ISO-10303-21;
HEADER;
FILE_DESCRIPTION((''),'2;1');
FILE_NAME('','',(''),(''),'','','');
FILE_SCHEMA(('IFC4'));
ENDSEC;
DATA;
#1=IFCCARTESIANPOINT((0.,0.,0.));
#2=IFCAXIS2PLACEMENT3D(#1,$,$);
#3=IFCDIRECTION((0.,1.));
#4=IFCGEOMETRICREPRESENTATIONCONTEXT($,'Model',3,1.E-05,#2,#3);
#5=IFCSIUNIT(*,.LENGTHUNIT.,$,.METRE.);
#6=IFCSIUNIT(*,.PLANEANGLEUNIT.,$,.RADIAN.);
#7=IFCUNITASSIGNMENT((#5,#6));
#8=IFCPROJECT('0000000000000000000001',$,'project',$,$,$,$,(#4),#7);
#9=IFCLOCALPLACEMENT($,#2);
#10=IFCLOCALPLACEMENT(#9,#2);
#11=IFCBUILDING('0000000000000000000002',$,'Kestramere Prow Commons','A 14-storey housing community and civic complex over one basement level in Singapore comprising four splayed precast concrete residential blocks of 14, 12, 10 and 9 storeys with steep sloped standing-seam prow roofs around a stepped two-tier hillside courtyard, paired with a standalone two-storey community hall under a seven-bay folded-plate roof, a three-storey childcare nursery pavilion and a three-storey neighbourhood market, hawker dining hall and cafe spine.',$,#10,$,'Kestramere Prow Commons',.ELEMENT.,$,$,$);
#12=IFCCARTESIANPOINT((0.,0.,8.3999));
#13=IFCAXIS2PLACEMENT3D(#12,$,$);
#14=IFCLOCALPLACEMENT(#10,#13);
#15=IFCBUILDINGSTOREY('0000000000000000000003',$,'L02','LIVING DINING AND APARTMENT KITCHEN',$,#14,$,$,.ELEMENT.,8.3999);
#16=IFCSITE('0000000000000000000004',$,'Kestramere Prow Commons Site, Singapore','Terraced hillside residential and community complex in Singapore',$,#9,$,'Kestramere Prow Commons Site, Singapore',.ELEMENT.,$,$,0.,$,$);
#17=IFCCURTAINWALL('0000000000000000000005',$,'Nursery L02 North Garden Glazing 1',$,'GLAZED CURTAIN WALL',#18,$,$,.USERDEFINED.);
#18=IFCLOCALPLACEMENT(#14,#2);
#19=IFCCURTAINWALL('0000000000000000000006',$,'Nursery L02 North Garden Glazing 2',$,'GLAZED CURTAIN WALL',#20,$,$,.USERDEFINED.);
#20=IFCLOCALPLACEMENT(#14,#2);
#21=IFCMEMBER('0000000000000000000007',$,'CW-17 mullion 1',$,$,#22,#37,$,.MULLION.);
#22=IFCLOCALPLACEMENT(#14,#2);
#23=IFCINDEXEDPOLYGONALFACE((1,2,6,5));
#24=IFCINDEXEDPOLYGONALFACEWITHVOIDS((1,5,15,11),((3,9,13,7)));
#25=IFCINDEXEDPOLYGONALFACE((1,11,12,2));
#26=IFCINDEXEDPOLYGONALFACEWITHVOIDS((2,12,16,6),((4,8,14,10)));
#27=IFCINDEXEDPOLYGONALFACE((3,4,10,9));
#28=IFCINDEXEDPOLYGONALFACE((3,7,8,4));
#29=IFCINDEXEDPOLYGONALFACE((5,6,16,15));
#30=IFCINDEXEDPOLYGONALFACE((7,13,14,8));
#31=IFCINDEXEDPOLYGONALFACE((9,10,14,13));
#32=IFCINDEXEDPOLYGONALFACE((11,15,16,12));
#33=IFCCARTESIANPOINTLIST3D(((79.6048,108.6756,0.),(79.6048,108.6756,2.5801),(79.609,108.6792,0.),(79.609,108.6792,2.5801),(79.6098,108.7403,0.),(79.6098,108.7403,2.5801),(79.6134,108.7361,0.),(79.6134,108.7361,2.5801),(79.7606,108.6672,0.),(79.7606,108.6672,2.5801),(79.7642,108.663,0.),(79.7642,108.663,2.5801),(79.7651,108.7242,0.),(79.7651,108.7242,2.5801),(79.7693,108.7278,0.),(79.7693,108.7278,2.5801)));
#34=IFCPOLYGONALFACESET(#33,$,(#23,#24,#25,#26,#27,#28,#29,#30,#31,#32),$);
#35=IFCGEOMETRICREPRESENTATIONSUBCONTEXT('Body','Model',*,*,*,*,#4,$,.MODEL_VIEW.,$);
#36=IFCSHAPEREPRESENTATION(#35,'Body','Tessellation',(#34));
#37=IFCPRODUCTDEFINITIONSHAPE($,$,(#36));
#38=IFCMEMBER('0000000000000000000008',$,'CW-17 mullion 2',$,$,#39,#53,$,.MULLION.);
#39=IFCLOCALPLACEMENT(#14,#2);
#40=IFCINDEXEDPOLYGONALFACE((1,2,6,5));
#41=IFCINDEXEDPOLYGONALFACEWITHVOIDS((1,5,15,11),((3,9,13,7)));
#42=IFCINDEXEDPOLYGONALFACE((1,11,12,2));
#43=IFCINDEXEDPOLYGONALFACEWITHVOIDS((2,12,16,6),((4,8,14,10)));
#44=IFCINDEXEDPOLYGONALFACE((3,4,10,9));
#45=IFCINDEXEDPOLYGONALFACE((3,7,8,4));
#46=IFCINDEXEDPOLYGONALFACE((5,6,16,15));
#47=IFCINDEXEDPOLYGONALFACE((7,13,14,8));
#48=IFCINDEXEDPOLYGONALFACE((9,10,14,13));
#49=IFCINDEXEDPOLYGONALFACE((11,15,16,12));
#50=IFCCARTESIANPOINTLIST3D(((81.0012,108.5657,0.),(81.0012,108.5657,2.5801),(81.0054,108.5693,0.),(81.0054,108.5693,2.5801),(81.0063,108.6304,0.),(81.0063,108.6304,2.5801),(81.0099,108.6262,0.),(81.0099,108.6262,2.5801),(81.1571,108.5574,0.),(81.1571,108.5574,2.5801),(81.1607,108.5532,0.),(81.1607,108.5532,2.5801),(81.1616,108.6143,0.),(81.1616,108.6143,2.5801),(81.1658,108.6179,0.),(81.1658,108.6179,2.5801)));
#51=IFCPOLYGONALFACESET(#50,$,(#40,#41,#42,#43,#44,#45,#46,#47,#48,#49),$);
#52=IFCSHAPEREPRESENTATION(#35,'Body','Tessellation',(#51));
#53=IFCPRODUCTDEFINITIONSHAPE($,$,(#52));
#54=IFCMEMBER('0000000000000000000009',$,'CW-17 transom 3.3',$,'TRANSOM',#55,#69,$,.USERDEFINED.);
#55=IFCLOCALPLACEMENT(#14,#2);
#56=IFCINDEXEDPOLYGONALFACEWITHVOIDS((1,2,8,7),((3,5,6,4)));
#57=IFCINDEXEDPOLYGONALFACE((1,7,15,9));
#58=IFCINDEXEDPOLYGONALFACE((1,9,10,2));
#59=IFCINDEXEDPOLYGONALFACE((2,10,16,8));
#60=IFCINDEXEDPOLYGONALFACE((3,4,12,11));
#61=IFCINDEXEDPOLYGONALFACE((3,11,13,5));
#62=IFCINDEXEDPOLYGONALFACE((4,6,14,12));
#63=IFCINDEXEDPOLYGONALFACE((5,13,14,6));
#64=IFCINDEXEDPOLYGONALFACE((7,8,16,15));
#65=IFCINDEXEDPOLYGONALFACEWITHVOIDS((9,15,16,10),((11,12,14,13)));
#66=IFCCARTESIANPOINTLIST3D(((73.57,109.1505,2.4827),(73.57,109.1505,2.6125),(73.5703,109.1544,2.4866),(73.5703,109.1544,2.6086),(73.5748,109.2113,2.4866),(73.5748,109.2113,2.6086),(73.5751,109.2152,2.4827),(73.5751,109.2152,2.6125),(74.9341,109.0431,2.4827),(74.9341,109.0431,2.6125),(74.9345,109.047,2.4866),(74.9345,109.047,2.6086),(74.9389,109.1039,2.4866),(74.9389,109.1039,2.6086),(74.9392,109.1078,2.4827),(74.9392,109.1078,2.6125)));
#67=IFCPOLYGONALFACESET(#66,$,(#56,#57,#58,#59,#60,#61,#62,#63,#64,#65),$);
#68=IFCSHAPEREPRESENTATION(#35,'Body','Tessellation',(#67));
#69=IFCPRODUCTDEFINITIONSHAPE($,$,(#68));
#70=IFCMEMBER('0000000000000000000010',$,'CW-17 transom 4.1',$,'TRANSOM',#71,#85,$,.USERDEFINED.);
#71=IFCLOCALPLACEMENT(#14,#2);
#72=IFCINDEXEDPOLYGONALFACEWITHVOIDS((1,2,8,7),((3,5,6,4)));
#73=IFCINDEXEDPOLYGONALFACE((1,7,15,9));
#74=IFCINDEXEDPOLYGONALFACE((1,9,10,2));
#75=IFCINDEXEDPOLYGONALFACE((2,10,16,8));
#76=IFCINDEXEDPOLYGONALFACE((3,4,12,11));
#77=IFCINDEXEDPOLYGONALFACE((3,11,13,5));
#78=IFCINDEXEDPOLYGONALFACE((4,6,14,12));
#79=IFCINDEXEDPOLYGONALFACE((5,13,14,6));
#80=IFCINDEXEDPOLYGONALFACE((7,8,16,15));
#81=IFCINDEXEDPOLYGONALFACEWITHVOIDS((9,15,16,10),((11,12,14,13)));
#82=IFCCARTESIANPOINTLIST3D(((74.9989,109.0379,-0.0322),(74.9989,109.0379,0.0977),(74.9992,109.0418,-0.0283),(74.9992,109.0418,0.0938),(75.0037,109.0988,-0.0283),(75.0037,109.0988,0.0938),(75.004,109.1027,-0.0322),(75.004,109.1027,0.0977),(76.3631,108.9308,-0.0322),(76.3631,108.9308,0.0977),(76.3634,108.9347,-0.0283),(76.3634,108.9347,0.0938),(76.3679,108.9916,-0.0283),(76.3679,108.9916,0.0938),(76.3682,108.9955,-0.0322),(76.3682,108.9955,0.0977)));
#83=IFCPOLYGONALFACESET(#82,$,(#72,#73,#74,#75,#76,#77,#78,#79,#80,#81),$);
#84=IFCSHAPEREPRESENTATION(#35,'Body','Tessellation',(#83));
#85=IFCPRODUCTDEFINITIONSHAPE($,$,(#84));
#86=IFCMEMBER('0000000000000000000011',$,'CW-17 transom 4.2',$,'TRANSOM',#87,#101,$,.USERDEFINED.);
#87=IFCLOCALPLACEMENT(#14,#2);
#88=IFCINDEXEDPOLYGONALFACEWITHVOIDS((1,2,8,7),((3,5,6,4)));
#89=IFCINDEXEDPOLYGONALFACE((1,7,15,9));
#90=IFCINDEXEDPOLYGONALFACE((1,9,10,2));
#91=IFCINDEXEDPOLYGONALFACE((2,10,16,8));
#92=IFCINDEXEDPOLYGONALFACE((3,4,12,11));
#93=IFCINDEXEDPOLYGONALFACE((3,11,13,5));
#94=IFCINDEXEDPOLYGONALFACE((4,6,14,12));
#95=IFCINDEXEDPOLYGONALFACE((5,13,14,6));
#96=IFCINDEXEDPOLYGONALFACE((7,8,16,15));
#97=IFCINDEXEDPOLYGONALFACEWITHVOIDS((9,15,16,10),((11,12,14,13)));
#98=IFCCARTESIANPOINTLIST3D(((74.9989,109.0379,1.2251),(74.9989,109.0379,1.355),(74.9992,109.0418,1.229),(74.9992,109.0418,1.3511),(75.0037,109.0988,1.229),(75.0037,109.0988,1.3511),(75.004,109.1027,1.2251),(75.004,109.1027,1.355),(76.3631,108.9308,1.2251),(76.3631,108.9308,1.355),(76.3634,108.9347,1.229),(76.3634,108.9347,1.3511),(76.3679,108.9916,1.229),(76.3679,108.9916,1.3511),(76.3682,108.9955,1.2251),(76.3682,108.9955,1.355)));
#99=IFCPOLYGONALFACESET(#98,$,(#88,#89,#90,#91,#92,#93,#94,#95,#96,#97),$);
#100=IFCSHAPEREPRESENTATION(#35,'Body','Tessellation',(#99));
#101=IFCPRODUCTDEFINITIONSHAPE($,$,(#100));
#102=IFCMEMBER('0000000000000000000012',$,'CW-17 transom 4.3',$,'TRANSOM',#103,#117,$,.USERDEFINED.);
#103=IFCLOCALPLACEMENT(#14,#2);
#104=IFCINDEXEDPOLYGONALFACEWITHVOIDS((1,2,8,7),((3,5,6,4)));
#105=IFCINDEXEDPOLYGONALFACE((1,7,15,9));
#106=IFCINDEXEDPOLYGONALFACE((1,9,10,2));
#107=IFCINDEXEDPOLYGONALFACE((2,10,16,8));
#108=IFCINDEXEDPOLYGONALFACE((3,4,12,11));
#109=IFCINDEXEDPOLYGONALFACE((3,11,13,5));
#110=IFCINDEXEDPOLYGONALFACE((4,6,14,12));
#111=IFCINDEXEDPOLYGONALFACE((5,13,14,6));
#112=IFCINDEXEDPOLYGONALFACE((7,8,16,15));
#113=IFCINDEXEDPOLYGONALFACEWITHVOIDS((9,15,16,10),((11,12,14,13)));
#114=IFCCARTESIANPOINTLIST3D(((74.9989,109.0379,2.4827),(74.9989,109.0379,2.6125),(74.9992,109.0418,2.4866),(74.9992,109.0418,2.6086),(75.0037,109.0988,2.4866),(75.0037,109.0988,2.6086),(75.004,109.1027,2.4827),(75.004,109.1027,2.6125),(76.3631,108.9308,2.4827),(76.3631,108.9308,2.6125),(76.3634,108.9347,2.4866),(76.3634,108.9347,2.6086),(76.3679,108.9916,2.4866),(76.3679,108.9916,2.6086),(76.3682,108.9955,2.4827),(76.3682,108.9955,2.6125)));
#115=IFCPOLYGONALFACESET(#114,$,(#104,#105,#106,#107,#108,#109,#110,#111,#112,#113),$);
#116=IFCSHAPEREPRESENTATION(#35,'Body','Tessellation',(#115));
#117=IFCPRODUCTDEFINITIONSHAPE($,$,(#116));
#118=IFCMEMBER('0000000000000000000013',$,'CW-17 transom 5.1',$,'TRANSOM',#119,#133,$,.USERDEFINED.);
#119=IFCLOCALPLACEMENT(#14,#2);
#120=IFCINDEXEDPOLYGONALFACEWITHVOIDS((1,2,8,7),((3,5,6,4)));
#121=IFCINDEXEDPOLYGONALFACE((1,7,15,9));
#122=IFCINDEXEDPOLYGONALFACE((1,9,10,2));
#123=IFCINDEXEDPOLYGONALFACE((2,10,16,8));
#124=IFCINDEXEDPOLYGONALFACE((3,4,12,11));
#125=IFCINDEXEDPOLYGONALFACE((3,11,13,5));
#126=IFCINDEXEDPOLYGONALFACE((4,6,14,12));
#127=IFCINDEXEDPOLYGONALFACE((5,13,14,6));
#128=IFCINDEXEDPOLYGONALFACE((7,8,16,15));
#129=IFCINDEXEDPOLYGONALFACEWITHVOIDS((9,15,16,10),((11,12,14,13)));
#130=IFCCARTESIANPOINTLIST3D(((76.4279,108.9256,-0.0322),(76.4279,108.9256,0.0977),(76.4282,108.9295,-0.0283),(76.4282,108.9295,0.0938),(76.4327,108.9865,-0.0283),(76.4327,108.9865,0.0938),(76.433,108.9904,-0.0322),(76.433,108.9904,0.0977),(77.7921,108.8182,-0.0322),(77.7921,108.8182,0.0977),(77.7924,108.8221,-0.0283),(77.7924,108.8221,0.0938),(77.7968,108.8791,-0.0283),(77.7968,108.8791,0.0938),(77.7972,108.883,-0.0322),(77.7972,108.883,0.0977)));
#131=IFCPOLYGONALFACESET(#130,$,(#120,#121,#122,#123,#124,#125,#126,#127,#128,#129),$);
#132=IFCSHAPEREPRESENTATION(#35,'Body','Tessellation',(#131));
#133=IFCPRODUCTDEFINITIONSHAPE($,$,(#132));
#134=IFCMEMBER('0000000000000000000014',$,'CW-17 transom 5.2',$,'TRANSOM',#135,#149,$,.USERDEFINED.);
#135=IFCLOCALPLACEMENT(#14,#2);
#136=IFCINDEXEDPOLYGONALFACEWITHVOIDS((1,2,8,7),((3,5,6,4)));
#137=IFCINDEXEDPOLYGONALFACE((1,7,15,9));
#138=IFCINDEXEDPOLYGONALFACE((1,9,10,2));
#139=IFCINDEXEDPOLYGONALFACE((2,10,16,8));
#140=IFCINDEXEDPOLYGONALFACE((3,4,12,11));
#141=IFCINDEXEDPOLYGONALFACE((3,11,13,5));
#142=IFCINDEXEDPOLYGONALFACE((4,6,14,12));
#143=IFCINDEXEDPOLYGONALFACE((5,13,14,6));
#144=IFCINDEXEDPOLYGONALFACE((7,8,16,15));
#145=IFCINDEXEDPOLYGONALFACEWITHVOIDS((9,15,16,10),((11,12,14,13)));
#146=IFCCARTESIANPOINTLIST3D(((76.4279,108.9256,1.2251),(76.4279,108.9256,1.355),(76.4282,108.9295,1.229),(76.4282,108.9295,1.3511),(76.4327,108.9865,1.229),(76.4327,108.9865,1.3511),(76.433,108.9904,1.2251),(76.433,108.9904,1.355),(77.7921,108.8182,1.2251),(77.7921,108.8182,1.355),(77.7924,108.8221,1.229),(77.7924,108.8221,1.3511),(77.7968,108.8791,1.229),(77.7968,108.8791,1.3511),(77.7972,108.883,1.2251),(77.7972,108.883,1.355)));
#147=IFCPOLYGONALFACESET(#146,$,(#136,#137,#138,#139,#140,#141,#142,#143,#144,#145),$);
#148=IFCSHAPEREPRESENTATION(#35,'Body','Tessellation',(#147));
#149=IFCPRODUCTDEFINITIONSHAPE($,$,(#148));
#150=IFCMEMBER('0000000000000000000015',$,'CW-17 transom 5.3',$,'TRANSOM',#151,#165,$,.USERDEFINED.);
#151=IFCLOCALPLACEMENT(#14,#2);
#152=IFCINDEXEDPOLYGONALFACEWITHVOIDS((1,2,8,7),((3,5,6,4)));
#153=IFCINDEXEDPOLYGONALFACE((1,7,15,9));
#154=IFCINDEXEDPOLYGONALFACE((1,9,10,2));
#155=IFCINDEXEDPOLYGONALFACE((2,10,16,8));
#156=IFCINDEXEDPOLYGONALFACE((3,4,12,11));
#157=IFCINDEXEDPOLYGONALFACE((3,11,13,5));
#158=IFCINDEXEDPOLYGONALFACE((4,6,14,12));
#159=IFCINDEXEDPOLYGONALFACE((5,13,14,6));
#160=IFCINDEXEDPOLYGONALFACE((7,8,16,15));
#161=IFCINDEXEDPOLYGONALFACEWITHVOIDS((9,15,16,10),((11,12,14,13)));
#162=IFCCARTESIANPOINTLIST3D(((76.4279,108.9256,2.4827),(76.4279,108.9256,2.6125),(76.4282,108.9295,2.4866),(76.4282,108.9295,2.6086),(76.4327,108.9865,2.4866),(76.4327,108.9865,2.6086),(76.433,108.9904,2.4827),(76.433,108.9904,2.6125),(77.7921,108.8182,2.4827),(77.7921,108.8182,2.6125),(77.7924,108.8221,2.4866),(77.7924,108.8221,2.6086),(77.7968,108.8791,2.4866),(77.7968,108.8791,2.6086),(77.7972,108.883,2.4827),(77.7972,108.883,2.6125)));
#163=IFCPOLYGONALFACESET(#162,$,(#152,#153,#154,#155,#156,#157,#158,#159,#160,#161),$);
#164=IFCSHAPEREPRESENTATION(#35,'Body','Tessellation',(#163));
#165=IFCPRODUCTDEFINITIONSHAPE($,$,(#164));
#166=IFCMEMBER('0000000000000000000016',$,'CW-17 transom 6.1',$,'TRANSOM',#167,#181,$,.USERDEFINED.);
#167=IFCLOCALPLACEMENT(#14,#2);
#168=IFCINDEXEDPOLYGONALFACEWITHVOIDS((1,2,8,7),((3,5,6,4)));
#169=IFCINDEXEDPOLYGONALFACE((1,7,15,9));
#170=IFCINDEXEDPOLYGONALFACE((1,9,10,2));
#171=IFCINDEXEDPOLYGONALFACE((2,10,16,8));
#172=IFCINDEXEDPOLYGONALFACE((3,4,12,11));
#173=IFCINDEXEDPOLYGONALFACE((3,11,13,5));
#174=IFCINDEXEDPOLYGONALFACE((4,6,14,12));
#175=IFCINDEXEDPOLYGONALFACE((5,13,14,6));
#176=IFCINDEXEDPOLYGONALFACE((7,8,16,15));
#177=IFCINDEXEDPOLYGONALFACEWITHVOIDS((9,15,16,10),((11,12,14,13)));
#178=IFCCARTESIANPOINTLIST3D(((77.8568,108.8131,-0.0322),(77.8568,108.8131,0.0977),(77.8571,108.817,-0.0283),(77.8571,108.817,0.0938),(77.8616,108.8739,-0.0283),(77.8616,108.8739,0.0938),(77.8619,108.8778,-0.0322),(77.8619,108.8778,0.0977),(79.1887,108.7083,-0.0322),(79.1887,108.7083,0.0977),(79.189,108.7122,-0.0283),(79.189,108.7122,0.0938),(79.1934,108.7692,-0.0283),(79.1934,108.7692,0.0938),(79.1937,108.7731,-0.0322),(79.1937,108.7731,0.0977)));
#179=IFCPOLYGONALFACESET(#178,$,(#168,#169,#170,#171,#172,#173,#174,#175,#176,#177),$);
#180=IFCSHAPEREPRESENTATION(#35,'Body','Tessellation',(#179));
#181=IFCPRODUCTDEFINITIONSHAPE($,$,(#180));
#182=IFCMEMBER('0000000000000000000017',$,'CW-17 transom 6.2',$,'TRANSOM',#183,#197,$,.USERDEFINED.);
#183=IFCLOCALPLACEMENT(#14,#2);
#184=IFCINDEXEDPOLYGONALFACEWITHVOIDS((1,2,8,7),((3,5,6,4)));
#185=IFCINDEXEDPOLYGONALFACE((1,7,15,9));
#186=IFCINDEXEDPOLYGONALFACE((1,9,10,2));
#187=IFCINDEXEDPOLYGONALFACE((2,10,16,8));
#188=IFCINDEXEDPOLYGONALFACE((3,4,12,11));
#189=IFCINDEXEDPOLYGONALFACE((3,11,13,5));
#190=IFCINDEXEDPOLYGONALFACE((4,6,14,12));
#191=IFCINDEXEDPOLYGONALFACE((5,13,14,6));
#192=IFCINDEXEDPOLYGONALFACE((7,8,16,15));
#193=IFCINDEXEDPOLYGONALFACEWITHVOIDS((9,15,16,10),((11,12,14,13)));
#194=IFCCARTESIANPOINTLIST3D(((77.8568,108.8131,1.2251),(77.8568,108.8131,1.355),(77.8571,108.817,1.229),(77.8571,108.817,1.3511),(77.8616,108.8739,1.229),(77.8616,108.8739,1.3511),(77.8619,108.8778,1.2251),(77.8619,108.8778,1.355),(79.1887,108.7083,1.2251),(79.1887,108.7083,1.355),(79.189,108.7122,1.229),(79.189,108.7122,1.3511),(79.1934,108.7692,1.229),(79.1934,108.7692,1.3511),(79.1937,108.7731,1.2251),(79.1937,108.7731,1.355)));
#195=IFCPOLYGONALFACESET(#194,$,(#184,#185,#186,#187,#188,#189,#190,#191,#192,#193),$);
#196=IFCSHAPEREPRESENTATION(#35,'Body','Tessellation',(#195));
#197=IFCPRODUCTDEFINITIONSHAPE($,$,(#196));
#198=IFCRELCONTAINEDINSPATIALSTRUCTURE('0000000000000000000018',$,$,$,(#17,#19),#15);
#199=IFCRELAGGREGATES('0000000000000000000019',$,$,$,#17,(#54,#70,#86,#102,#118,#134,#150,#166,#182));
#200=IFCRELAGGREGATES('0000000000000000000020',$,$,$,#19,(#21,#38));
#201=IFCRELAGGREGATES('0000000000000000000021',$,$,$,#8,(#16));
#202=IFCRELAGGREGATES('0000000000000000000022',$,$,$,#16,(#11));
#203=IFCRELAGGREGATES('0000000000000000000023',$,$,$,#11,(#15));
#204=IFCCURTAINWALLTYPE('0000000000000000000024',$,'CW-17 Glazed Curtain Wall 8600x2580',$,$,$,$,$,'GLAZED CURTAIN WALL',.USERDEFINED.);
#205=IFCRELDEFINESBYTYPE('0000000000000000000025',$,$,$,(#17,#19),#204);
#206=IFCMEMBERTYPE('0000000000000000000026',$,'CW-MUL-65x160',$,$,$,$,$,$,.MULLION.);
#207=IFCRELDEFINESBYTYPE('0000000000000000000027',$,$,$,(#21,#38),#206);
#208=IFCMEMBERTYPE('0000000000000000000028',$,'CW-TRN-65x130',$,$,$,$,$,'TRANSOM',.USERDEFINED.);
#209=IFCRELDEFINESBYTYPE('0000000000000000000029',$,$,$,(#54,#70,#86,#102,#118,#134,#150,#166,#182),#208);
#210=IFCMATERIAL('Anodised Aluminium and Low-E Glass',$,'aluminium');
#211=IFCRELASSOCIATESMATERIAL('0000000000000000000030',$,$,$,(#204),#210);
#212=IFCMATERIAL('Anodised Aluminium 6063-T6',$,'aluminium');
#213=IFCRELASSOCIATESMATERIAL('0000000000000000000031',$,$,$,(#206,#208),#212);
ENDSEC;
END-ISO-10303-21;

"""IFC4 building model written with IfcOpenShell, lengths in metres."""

from ifc_helpers import new_model, si_unit, direction, frame, origin, origin_2d, place, context, subcontext, project, spatial, hollow_rectangle, extrude, material, material_profile, profile_set, type_object, element, aggregate, save


model = new_model("IFC4")

# Units and contexts
model_context = context("Model", 3, precision=1e-05, world=origin(), true_north=direction((0.0, 1.0)))
body_context = subcontext(model_context, "Body", "Model", "MODEL_VIEW")
ifc_project = project(units=[si_unit("LENGTHUNIT", "METRE"), si_unit("PLANEANGLEUNIT", "RADIAN")], contexts=[model_context])

# Site, building, storey
site_placement = place(None, origin())
site = spatial("IfcSite", under=ifc_project, at=site_placement, Name="Kestramere Prow Commons Site, Singapore", Description="Terraced hillside residential and community complex in Singapore", LongName="Kestramere Prow Commons Site, Singapore", CompositionType="ELEMENT", RefElevation=0.0)
building_placement = place(site_placement, origin())
building = spatial("IfcBuilding", under=site, at=building_placement, Name="Kestramere Prow Commons", Description="A 14-storey housing community and civic complex over one basement level in Singapore comprising four splayed precast concrete residential blocks of 14, 12, 10 and 9 storeys with steep sloped standing-seam prow roofs around a stepped two-tier hillside courtyard, paired with a standalone two-storey community hall under a seven-bay folded-plate roof, a three-storey childcare nursery pavilion and a three-storey neighbourhood market, hawker dining hall and cafe spine.", LongName="Kestramere Prow Commons", CompositionType="ELEMENT")
storey_placement = place(building_placement, frame((0.0, 0.0, 8.3999)))
storey = spatial("IfcBuildingStorey", under=building, at=storey_placement, Name="L02", Description="LIVING DINING AND APARTMENT KITCHEN", CompositionType="ELEMENT", Elevation=8.3999)

# Curtain walls, members
ifc_material_1 = material(Name="Anodised Aluminium and Low-E Glass", Category="aluminium")
curtain_wall_type = type_object("IfcCurtainWallType", Name="CW-17 Glazed Curtain Wall 8600x2580", ElementType="GLAZED CURTAIN WALL", PredefinedType="USERDEFINED", material=ifc_material_1)
curtain_wall_1_placement = place(storey_placement, origin())
curtain_wall_1 = element("IfcCurtainWall", 1, at=curtain_wall_1_placement, inside=storey, type_object=curtain_wall_type, Name="Nursery L02 North Garden Glazing 1", ObjectType="GLAZED CURTAIN WALL", PredefinedType="USERDEFINED")
ifc_material_2 = material(Name="Anodised Aluminium 6063-T6", Category="aluminium")
ifc_material_profile_1 = material_profile(ifc_material_2, hollow_rectangle(XDim=0.0649, YDim=0.1599, WallThickness=0.0039, at=origin_2d()), Name="ALU-MUL 65x160")
ifc_profile_set_1 = profile_set([ifc_material_profile_1], Name="Anodised Aluminium 6063-T6")
member_type_1 = type_object("IfcMemberType", Name="CW-MUL-65x160", PredefinedType="MULLION", material=ifc_profile_set_1)
curtain_wall_2_placement = place(storey_placement, origin())
curtain_wall_2 = element("IfcCurtainWall", 2, at=curtain_wall_2_placement, inside=storey, type_object=curtain_wall_type, Name="Nursery L02 North Garden Glazing 2", ObjectType="GLAZED CURTAIN WALL", PredefinedType="USERDEFINED")
member_1_placement = place(storey_placement, frame((79.687, 108.7017, 0.0), z_axis=(0.0, 0.0, 1.0), x_axis=(0.078459, 0.996917, 0.0)))
member_1 = element("IfcMember", 3, at=member_1_placement, type_object=member_type_1, Name="CW-17 mullion 1", PredefinedType="MULLION", context=body_context, shape_type="SweptSolid", body=[
    extrude(hollow_rectangle(XDim=0.0649, YDim=0.1599, WallThickness=0.0039, at=origin_2d()), origin(), (0.0, 0.0, 1.0), 2.5801),
])
member_2_placement = place(storey_placement, frame((81.0835, 108.5918, 0.0), z_axis=(0.0, 0.0, 1.0), x_axis=(0.078459, 0.996917, 0.0)))
member_2 = element("IfcMember", 4, at=member_2_placement, type_object=member_type_1, Name="CW-17 mullion 2", PredefinedType="MULLION", context=body_context, shape_type="SweptSolid", body=[
    extrude(hollow_rectangle(XDim=0.0649, YDim=0.1599, WallThickness=0.0039, at=origin_2d()), origin(), (0.0, 0.0, 1.0), 2.5801),
])

# Members
ifc_material_profile_2 = material_profile(ifc_material_2, hollow_rectangle(XDim=0.0649, YDim=0.1299, WallThickness=0.0039, at=origin_2d()), Name="ALU-TRN 65x130")
ifc_profile_set_2 = profile_set([ifc_material_profile_2], Name="Anodised Aluminium 6063-T6")
member_type_2 = type_object("IfcMemberType", Name="CW-TRN-65x130", ElementType="TRANSOM", PredefinedType="USERDEFINED", material=ifc_profile_set_2)
member_3_placement = place(storey_placement, frame((73.5725, 109.1829, 2.5476), z_axis=(0.996914, -0.078497, 0.0), x_axis=(0.078497, 0.996914, 0.0)))
member_3 = element("IfcMember", 5, at=member_3_placement, type_object=member_type_2, Name="CW-17 transom 3.3", ObjectType="TRANSOM", PredefinedType="USERDEFINED", context=body_context, shape_type="SweptSolid", body=[
    extrude(hollow_rectangle(XDim=0.0649, YDim=0.1299, WallThickness=0.0039, at=origin_2d()), origin(), (0.0, 0.0, 1.0), 1.3684),
])
member_4_placement = place(storey_placement, frame((75.0015, 109.0703, 0.0327), z_axis=(0.996928, -0.07832, 0.0), x_axis=(0.07832, 0.996928, 0.0)))
member_4 = element("IfcMember", 6, at=member_4_placement, type_object=member_type_2, Name="CW-17 transom 4.1", ObjectType="TRANSOM", PredefinedType="USERDEFINED", context=body_context, shape_type="SweptSolid", body=[
    extrude(hollow_rectangle(XDim=0.0649, YDim=0.1299, WallThickness=0.0039, at=origin_2d()), origin(), (0.0, 0.0, 1.0), 1.3684),
])
member_5_placement = place(storey_placement, frame((75.0015, 109.0703, 1.29), z_axis=(0.996928, -0.07832, 0.0), x_axis=(0.07832, 0.996928, 0.0)))
member_5 = element("IfcMember", 7, at=member_5_placement, type_object=member_type_2, Name="CW-17 transom 4.2", ObjectType="TRANSOM", PredefinedType="USERDEFINED", context=body_context, shape_type="SweptSolid", body=[
    extrude(hollow_rectangle(XDim=0.0649, YDim=0.1299, WallThickness=0.0039, at=origin_2d()), origin(), (0.0, 0.0, 1.0), 1.3684),
])
member_6_placement = place(storey_placement, frame((75.0015, 109.0703, 2.5476), z_axis=(0.996928, -0.07832, 0.0), x_axis=(0.07832, 0.996928, 0.0)))
member_6 = element("IfcMember", 8, at=member_6_placement, type_object=member_type_2, Name="CW-17 transom 4.3", ObjectType="TRANSOM", PredefinedType="USERDEFINED", context=body_context, shape_type="SweptSolid", body=[
    extrude(hollow_rectangle(XDim=0.0649, YDim=0.1299, WallThickness=0.0039, at=origin_2d()), origin(), (0.0, 0.0, 1.0), 1.3684),
])
member_7_placement = place(storey_placement, frame((76.4304, 108.958, 0.0327), z_axis=(0.996914, -0.078497, 0.0), x_axis=(0.078497, 0.996914, 0.0)))
member_7 = element("IfcMember", 9, at=member_7_placement, type_object=member_type_2, Name="CW-17 transom 5.1", ObjectType="TRANSOM", PredefinedType="USERDEFINED", context=body_context, shape_type="SweptSolid", body=[
    extrude(hollow_rectangle(XDim=0.0649, YDim=0.1299, WallThickness=0.0039, at=origin_2d()), origin(), (0.0, 0.0, 1.0), 1.3684),
])
member_8_placement = place(storey_placement, frame((76.4304, 108.958, 1.29), z_axis=(0.996914, -0.078497, 0.0), x_axis=(0.078497, 0.996914, 0.0)))
member_8 = element("IfcMember", 10, at=member_8_placement, type_object=member_type_2, Name="CW-17 transom 5.2", ObjectType="TRANSOM", PredefinedType="USERDEFINED", context=body_context, shape_type="SweptSolid", body=[
    extrude(hollow_rectangle(XDim=0.0649, YDim=0.1299, WallThickness=0.0039, at=origin_2d()), origin(), (0.0, 0.0, 1.0), 1.3684),
])
member_9_placement = place(storey_placement, frame((76.4304, 108.958, 2.5476), z_axis=(0.996914, -0.078497, 0.0), x_axis=(0.078497, 0.996914, 0.0)))
member_9 = element("IfcMember", 11, at=member_9_placement, type_object=member_type_2, Name="CW-17 transom 5.3", ObjectType="TRANSOM", PredefinedType="USERDEFINED", context=body_context, shape_type="SweptSolid", body=[
    extrude(hollow_rectangle(XDim=0.0649, YDim=0.1299, WallThickness=0.0039, at=origin_2d()), origin(), (0.0, 0.0, 1.0), 1.3684),
])
member_10_placement = place(storey_placement, frame((77.8594, 108.8455, 0.0327), z_axis=(0.996922, -0.078401, 0.0), x_axis=(0.078401, 0.996922, 0.0)))
member_10 = element("IfcMember", 12, at=member_10_placement, type_object=member_type_2, Name="CW-17 transom 6.1", ObjectType="TRANSOM", PredefinedType="USERDEFINED", context=body_context, shape_type="SweptSolid", body=[
    extrude(hollow_rectangle(XDim=0.0649, YDim=0.1299, WallThickness=0.0039, at=origin_2d()), origin(), (0.0, 0.0, 1.0), 1.3359),
])
member_11_placement = place(storey_placement, frame((77.8594, 108.8455, 1.29), z_axis=(0.996922, -0.078401, 0.0), x_axis=(0.078401, 0.996922, 0.0)))
member_11 = element("IfcMember", 13, at=member_11_placement, type_object=member_type_2, Name="CW-17 transom 6.2", ObjectType="TRANSOM", PredefinedType="USERDEFINED", context=body_context, shape_type="SweptSolid", body=[
    extrude(hollow_rectangle(XDim=0.0649, YDim=0.1299, WallThickness=0.0039, at=origin_2d()), origin(), (0.0, 0.0, 1.0), 1.3359),
])

aggregate(curtain_wall_1, [member_3, member_4, member_5, member_6, member_7, member_8, member_9, member_10, member_11])
aggregate(curtain_wall_2, [member_1, member_2])

save(model, "model.ifc")
